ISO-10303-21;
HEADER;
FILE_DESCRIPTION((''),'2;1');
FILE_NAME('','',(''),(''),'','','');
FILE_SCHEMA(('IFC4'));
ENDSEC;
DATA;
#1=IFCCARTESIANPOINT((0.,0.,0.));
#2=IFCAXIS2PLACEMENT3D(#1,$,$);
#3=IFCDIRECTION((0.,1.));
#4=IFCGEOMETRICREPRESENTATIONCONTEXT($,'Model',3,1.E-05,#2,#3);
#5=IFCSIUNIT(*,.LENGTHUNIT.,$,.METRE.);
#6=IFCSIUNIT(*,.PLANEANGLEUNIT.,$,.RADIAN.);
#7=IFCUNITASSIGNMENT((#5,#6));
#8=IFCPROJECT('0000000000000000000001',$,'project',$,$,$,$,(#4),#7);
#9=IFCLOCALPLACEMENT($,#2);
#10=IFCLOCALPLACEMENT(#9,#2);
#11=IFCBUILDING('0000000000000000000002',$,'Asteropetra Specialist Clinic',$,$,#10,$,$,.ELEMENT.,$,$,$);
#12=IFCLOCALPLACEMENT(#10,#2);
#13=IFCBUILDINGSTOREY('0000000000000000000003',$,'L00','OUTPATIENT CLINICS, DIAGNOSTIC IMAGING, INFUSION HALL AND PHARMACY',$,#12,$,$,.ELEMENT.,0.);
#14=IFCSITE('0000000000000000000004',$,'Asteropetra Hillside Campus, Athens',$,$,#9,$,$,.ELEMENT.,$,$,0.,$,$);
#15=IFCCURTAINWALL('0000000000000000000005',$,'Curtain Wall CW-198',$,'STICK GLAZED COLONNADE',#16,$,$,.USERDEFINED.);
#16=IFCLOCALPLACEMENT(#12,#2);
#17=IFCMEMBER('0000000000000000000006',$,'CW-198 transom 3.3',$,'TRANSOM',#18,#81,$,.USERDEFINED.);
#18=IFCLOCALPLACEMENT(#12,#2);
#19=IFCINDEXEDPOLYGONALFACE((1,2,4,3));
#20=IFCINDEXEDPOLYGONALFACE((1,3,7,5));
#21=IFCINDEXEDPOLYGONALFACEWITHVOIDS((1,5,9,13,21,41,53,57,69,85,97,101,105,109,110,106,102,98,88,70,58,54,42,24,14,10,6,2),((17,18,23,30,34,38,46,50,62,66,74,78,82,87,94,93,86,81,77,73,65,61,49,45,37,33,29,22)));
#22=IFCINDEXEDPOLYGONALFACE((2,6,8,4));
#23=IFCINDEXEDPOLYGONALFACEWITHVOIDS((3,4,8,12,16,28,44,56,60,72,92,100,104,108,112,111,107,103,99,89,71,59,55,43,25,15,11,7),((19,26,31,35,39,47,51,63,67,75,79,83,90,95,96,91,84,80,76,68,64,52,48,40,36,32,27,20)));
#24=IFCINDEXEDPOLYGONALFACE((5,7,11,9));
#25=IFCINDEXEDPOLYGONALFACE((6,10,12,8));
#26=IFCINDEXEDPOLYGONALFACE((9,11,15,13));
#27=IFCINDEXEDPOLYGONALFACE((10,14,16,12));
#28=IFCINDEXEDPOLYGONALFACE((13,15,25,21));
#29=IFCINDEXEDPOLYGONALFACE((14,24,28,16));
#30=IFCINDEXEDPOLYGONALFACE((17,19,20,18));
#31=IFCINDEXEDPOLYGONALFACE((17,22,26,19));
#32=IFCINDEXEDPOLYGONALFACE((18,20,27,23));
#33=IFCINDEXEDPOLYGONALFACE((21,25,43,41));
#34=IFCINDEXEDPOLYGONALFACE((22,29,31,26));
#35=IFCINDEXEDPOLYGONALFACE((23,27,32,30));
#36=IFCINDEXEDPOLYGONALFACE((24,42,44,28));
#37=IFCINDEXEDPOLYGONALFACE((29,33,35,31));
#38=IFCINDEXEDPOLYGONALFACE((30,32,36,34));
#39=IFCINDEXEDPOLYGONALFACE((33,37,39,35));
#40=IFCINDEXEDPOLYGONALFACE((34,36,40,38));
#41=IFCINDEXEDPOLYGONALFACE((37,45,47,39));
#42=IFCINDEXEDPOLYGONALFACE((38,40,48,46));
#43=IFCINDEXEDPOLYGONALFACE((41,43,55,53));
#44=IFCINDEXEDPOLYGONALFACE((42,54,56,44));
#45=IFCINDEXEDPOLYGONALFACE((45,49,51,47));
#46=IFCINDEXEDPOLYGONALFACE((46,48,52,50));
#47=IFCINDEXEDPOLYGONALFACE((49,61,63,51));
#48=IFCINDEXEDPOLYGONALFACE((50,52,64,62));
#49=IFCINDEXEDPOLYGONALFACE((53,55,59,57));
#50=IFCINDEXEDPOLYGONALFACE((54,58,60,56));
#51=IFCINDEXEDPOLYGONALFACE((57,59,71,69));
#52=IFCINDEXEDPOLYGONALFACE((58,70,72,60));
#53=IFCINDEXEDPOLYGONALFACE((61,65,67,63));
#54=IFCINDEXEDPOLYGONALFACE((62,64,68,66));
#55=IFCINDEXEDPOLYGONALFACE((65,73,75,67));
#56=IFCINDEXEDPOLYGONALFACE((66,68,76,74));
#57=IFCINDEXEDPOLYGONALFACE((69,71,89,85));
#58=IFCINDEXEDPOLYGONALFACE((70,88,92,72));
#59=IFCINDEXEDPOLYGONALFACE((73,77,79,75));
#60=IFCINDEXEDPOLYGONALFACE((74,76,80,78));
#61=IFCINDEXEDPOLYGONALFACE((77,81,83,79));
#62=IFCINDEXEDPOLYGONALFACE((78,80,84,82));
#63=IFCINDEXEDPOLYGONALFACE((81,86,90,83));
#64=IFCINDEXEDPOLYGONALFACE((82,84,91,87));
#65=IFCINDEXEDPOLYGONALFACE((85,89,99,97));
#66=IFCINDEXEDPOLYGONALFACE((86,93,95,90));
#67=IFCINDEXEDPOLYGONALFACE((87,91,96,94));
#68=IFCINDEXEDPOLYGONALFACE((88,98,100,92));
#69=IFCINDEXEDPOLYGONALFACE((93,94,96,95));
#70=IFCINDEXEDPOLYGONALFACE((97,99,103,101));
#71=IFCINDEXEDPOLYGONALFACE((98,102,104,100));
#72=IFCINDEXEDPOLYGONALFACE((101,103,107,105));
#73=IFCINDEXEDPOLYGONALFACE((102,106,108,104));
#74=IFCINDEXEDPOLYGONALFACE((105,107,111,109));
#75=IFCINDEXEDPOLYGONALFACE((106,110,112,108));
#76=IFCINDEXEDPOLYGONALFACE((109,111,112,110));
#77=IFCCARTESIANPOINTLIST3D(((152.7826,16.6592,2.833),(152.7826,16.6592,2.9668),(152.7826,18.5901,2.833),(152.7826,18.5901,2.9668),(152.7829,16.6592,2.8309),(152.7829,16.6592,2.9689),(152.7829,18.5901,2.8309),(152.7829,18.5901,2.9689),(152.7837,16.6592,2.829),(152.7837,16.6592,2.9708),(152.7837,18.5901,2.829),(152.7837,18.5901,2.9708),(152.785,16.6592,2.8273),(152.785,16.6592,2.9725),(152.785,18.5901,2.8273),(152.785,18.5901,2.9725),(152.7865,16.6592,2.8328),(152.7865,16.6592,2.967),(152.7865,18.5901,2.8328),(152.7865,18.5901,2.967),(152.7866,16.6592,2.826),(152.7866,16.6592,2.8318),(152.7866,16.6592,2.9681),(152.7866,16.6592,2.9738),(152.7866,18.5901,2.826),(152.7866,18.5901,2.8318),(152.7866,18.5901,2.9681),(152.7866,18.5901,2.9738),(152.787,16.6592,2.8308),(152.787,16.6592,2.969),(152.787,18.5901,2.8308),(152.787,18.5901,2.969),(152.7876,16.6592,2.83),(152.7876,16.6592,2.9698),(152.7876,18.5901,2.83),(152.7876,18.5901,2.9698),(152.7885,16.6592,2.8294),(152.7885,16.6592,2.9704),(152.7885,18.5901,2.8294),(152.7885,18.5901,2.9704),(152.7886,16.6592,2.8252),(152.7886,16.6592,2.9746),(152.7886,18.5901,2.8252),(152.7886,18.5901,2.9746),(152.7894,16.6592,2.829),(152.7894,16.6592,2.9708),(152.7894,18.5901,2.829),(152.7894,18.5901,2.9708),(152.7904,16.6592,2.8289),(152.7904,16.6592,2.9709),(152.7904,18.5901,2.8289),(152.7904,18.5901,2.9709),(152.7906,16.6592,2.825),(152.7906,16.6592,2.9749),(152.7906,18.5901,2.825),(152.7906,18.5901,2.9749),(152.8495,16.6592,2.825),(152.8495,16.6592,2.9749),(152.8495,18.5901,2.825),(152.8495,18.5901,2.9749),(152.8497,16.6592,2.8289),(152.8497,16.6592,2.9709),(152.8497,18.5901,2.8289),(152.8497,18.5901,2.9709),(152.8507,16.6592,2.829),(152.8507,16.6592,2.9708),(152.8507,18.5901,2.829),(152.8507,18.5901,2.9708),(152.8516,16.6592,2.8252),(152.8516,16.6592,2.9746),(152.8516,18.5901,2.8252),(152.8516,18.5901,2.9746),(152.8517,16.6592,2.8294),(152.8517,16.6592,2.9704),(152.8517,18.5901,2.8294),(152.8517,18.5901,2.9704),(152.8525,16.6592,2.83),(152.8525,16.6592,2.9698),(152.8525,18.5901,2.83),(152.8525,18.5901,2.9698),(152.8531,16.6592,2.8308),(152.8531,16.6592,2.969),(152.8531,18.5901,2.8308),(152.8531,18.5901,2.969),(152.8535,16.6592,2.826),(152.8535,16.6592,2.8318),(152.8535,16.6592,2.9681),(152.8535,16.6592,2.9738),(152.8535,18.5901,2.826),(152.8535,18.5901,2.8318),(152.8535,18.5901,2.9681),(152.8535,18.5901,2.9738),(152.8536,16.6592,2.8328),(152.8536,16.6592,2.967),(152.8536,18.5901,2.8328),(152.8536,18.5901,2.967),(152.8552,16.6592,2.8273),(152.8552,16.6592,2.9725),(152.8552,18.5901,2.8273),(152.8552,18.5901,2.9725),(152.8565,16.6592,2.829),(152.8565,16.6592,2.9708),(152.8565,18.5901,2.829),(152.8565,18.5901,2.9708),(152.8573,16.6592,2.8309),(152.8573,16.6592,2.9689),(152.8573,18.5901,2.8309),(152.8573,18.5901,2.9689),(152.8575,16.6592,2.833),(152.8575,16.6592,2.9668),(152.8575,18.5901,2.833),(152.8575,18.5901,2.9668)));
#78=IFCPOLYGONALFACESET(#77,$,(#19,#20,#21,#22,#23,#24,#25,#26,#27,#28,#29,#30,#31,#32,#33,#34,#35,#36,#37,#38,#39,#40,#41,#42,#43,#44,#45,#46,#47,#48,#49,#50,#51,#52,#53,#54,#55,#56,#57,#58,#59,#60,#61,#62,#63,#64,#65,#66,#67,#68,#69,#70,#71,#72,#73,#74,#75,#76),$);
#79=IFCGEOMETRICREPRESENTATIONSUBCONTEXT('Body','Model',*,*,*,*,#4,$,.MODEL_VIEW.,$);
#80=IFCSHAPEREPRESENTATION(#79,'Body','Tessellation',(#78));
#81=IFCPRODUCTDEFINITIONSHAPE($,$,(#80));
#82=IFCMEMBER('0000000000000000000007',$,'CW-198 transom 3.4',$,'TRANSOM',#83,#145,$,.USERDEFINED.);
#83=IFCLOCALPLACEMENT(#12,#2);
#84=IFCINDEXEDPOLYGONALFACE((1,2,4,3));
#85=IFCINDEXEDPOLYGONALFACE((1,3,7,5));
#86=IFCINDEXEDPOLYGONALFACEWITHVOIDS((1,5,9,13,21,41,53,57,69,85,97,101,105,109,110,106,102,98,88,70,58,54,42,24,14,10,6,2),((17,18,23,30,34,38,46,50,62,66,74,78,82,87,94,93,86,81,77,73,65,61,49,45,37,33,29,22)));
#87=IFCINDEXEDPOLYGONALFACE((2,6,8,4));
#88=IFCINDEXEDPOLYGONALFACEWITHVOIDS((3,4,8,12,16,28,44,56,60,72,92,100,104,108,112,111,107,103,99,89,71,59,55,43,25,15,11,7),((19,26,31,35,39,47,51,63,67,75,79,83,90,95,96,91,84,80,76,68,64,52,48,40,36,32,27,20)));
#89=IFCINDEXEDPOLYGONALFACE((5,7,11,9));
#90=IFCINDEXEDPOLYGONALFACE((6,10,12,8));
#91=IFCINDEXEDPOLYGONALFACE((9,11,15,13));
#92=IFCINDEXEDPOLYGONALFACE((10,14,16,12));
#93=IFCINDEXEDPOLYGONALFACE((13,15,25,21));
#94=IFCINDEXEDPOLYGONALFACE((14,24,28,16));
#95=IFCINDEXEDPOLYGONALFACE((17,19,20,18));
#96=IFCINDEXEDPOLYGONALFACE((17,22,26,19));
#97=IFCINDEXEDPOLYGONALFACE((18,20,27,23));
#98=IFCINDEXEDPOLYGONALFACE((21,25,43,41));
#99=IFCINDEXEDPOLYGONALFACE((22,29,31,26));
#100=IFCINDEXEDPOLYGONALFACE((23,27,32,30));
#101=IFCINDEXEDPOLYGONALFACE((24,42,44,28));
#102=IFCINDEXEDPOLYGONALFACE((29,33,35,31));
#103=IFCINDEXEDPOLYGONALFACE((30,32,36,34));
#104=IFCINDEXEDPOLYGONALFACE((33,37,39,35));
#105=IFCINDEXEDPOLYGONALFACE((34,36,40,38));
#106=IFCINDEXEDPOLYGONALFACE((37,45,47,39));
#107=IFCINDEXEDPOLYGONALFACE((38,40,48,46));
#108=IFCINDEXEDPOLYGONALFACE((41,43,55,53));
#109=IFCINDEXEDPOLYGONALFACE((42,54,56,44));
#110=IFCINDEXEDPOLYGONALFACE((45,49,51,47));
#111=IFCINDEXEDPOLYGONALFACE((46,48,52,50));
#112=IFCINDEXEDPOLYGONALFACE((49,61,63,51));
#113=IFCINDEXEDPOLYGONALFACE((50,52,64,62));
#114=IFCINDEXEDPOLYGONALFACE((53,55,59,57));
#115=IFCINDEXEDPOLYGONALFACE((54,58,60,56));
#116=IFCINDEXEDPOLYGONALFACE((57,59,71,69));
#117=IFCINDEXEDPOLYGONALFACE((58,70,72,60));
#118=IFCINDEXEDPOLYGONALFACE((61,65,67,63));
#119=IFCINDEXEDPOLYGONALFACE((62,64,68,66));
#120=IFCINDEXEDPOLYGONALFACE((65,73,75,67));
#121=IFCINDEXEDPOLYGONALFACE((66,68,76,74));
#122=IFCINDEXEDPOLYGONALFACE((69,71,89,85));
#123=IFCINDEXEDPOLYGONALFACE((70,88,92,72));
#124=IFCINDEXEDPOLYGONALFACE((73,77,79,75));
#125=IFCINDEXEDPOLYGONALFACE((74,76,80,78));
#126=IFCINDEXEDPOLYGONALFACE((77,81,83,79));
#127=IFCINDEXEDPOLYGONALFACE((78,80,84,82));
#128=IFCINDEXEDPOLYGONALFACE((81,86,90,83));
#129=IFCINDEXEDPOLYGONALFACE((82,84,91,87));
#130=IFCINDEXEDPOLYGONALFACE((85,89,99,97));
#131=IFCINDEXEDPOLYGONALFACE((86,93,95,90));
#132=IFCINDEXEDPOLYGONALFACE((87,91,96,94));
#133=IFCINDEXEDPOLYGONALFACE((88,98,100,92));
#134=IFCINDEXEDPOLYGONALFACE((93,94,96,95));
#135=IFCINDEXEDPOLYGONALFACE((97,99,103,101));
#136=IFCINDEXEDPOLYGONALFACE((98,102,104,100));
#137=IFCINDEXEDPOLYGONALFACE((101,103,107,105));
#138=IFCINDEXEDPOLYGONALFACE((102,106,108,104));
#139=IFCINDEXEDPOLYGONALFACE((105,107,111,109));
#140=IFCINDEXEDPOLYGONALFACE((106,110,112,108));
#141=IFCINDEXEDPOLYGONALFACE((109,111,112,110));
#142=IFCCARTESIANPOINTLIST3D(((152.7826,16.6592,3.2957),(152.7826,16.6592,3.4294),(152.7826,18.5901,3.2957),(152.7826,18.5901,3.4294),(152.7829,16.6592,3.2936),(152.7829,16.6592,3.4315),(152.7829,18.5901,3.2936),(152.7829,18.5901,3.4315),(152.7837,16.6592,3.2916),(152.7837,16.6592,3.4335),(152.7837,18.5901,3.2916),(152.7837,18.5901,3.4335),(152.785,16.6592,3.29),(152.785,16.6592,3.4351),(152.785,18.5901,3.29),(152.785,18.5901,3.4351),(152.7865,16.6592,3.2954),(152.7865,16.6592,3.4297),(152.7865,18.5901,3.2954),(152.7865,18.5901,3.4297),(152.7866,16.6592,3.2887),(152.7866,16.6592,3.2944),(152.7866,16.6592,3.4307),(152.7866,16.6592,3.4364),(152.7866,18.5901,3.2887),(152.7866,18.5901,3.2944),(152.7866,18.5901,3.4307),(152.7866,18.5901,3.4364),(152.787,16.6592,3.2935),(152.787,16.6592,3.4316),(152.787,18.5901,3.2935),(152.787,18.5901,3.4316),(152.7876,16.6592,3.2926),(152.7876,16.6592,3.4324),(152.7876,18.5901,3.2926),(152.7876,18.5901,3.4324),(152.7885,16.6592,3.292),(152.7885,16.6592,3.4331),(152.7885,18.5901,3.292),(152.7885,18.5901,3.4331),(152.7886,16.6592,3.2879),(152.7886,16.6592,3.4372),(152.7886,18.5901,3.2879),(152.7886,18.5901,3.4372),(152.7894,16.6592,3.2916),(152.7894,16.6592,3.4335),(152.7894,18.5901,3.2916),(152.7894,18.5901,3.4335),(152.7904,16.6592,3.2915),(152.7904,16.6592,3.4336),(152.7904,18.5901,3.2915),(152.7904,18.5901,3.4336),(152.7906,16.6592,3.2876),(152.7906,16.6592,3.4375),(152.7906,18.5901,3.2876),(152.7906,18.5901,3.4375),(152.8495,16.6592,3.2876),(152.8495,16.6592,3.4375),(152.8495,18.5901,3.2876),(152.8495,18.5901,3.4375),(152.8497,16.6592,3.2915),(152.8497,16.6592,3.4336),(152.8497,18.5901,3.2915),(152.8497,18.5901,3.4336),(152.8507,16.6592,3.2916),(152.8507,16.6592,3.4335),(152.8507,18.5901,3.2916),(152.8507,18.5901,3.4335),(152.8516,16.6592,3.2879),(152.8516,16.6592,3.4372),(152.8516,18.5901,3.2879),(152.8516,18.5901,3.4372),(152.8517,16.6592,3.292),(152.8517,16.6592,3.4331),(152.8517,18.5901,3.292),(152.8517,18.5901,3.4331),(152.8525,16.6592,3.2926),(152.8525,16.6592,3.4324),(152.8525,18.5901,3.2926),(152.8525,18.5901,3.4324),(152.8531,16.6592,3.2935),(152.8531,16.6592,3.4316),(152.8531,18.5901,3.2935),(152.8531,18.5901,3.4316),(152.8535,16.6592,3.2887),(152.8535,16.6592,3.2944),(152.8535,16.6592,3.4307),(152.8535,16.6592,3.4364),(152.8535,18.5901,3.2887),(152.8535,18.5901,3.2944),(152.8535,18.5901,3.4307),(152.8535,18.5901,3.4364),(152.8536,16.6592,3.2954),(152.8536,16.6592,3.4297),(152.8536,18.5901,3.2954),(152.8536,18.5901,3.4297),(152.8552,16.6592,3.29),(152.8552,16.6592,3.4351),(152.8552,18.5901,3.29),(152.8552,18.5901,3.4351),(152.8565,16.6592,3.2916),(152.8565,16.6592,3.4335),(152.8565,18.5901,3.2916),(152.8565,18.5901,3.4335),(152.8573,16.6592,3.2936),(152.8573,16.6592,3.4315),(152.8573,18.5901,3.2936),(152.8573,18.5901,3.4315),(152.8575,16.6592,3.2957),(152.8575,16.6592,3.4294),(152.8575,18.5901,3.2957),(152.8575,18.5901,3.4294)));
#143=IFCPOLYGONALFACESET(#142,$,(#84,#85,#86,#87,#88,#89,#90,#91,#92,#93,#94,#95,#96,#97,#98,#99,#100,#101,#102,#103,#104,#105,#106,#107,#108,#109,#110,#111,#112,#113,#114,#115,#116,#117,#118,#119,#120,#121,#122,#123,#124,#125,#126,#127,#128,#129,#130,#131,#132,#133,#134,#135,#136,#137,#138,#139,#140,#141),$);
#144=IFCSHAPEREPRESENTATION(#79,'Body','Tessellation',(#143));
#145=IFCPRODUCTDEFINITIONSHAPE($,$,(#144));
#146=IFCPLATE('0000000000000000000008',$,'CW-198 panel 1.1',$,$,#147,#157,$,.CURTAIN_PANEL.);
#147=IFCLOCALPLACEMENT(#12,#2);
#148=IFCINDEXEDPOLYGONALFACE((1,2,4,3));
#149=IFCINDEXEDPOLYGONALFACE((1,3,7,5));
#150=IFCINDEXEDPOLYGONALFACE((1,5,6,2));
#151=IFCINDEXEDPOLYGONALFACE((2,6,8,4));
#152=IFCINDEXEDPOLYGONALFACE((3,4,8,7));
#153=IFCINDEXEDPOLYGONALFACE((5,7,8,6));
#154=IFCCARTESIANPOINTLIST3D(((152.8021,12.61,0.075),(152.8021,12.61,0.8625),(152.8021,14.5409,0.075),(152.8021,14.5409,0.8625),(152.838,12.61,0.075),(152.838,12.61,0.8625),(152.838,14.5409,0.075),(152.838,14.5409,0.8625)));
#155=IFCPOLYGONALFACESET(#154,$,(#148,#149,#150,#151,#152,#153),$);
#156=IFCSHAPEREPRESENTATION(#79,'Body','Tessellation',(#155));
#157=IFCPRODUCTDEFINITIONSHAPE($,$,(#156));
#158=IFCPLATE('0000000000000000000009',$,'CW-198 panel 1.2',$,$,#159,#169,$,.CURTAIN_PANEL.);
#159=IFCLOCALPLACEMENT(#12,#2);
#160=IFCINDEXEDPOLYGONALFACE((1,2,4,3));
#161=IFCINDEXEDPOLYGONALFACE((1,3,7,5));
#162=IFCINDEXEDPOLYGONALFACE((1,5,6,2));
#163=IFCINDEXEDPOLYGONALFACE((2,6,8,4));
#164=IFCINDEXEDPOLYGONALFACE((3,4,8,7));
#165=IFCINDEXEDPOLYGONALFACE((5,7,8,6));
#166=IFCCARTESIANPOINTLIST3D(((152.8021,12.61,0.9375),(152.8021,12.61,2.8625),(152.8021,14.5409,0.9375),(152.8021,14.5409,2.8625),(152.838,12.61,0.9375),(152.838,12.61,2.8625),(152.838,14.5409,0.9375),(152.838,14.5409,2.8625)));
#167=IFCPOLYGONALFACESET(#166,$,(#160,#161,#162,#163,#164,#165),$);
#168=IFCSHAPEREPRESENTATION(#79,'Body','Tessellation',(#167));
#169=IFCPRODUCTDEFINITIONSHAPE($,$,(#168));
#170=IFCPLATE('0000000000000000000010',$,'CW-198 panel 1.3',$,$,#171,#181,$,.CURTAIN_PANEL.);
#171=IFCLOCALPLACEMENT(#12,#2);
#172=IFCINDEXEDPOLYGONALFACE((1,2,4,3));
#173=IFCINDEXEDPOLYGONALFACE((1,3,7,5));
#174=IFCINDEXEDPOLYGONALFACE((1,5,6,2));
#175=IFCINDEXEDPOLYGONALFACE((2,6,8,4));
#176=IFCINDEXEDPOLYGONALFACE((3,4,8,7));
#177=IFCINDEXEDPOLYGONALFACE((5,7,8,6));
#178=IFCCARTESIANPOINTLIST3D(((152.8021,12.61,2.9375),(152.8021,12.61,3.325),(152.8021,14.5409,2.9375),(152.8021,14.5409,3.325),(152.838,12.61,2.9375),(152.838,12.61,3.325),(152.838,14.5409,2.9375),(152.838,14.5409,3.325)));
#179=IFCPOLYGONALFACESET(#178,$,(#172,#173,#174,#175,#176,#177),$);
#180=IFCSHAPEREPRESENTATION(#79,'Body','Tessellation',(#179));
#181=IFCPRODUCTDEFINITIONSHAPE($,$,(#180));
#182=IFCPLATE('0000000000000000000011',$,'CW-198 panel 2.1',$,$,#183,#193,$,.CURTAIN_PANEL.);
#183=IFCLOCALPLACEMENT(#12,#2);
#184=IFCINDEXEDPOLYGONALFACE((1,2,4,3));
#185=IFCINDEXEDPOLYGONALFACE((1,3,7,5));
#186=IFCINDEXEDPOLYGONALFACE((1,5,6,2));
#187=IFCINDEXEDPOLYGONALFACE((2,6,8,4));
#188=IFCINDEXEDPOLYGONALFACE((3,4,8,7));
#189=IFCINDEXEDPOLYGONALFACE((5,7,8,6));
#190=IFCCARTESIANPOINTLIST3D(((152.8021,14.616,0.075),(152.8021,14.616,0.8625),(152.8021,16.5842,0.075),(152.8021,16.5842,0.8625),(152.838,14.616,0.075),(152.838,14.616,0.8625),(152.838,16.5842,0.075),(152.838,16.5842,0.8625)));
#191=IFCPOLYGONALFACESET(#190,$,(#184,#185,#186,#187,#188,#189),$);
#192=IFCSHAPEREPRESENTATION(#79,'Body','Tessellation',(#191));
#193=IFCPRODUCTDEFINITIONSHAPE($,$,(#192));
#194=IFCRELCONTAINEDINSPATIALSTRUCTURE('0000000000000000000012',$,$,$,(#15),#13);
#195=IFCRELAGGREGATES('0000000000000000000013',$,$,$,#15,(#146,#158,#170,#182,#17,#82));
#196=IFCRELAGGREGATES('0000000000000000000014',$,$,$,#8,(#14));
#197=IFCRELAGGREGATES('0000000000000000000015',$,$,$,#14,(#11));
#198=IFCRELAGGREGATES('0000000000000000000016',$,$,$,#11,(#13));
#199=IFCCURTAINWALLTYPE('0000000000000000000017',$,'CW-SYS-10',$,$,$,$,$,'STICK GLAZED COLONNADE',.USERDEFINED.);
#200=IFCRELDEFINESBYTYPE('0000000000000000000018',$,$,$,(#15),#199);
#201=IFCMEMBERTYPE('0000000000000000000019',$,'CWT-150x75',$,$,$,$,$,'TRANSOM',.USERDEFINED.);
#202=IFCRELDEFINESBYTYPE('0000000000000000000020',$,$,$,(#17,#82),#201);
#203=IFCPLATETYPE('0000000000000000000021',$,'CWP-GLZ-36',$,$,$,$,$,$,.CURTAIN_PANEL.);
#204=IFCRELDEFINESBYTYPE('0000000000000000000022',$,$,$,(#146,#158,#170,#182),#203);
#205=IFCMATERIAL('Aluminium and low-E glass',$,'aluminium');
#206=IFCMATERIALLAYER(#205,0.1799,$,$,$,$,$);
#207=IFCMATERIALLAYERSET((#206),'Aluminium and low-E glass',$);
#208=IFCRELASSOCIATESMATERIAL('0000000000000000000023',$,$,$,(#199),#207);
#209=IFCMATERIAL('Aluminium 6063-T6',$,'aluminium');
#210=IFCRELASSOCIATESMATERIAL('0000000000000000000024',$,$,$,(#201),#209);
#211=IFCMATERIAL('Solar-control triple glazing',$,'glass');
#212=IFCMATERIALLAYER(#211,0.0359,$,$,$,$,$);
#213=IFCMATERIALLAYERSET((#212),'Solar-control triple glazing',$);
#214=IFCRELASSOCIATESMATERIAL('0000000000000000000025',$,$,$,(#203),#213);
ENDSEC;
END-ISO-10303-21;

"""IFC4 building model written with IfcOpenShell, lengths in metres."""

from ifc_helpers import new_model, si_unit, direction, frame, origin, origin_2d, place, context, subcontext, project, spatial, rectangle, hollow_rectangle, extrude, material, layer, layer_set, material_profile, profile_set, type_object, element, aggregate, save


model = new_model("IFC4")

# Units and contexts
model_context = context("Model", 3, precision=1e-05, world=origin(), true_north=direction((0.0, 1.0)))
body_context = subcontext(model_context, "Body", "Model", "MODEL_VIEW")
ifc_project = project(units=[si_unit("LENGTHUNIT", "METRE"), si_unit("PLANEANGLEUNIT", "RADIAN")], contexts=[model_context])

# Site, building, storey
site_placement = place(None, origin())
site = spatial("IfcSite", under=ifc_project, at=site_placement, Name="Asteropetra Hillside Campus, Athens", CompositionType="ELEMENT", RefElevation=0.0)
building_placement = place(site_placement, origin())
building = spatial("IfcBuilding", under=site, at=building_placement, Name="Asteropetra Specialist Clinic", CompositionType="ELEMENT")
storey_placement = place(building_placement, origin())
storey = spatial("IfcBuildingStorey", under=building, at=storey_placement, Name="L00", Description="OUTPATIENT CLINICS, DIAGNOSTIC IMAGING, INFUSION HALL AND PHARMACY", CompositionType="ELEMENT", Elevation=0.0)

# Shared definitions
ifc_material_1 = material(Name="Aluminium and low-E glass", Category="aluminium")
ifc_layer_1 = layer(ifc_material_1, 0.1799)
ifc_layer_set_1 = layer_set([ifc_layer_1], Name="Aluminium and low-E glass")
curtain_wall_type = type_object("IfcCurtainWallType", Name="CW-SYS-10", ElementType="STICK GLAZED COLONNADE", PredefinedType="USERDEFINED", material=ifc_layer_set_1)

# Curtain wall, members, plates
curtain_wall_1_placement = place(storey_placement, origin())
curtain_wall_1 = element("IfcCurtainWall", 1, at=curtain_wall_1_placement, inside=storey, type_object=curtain_wall_type, Name="Curtain Wall CW-198", ObjectType="STICK GLAZED COLONNADE", PredefinedType="USERDEFINED")
ifc_material_2 = material(Name="Aluminium 6063-T6", Category="aluminium")
ifc_material_profile_1 = material_profile(ifc_material_2, hollow_rectangle(XDim=0.075, YDim=0.1499, WallThickness=0.0039, InnerFilletRadius=0.0039, OuterFilletRadius=0.0081, at=origin_2d()), Name="TRN 150x75x4.0")
ifc_profile_set_1 = profile_set([ifc_material_profile_1], Name="Aluminium 6063-T6")
member_type_1 = type_object("IfcMemberType", Name="CWT-150x75", ElementType="TRANSOM", PredefinedType="USERDEFINED", material=ifc_profile_set_1)
member_1_placement = place(storey_placement, frame((152.8201, 16.6592, 2.8999), z_axis=(0.0, 1.0, 0.0), x_axis=(-1.0, 0.0, 0.0)))
member_1 = element("IfcMember", 2, at=member_1_placement, type_object=member_type_1, Name="CW-198 transom 3.3", ObjectType="TRANSOM", PredefinedType="USERDEFINED", context=body_context, shape_type="SweptSolid", body=[
    extrude(hollow_rectangle(XDim=0.075, YDim=0.1499, WallThickness=0.0039, InnerFilletRadius=0.0039, OuterFilletRadius=0.0081, at=origin_2d()), origin(), (0.0, 0.0, 1.0), 1.9309),
])
member_2_placement = place(storey_placement, frame((152.8201, 16.6592, 3.3625), z_axis=(0.0, 1.0, 0.0), x_axis=(-1.0, 0.0, 0.0)))
member_2 = element("IfcMember", 3, at=member_2_placement, type_object=member_type_1, Name="CW-198 transom 3.4", ObjectType="TRANSOM", PredefinedType="USERDEFINED", context=body_context, shape_type="SweptSolid", body=[
    extrude(hollow_rectangle(XDim=0.075, YDim=0.1499, WallThickness=0.0039, InnerFilletRadius=0.0039, OuterFilletRadius=0.0081, at=origin_2d()), origin(), (0.0, 0.0, 1.0), 1.9309),
])
ifc_material_3 = material(Name="Solar-control triple glazing", Category="glass")
ifc_layer_2 = layer(ifc_material_3, 0.0359)
ifc_layer_set_2 = layer_set([ifc_layer_2], Name="Solar-control triple glazing")
plate_type = type_object("IfcPlateType", Name="CWP-GLZ-36", PredefinedType="CURTAIN_PANEL", material=ifc_layer_set_2)
plate_1_placement = place(storey_placement, frame((152.8201, 13.5754, 0.075), z_axis=(0.0, 0.0, 1.0), x_axis=(0.0, 1.0, 0.0)))
plate_1 = element("IfcPlate", 4, at=plate_1_placement, type_object=plate_type, Name="CW-198 panel 1.1", PredefinedType="CURTAIN_PANEL", context=body_context, shape_type="SweptSolid", body=[
    extrude(rectangle(XDim=1.9309, YDim=0.0359, at=origin_2d()), origin(), (0.0, 0.0, 1.0), 0.7876),
])
plate_2_placement = place(storey_placement, frame((152.8201, 13.5754, 0.9375), z_axis=(0.0, 0.0, 1.0), x_axis=(0.0, 1.0, 0.0)))
plate_2 = element("IfcPlate", 5, at=plate_2_placement, type_object=plate_type, Name="CW-198 panel 1.2", PredefinedType="CURTAIN_PANEL", context=body_context, shape_type="SweptSolid", body=[
    extrude(rectangle(XDim=1.9309, YDim=0.0359, at=origin_2d()), origin(), (0.0, 0.0, 1.0), 1.925),
])
plate_3_placement = place(storey_placement, frame((152.8201, 13.5754, 2.9375), z_axis=(0.0, 0.0, 1.0), x_axis=(0.0, 1.0, 0.0)))
plate_3 = element("IfcPlate", 6, at=plate_3_placement, type_object=plate_type, Name="CW-198 panel 1.3", PredefinedType="CURTAIN_PANEL", context=body_context, shape_type="SweptSolid", body=[
    extrude(rectangle(XDim=1.9309, YDim=0.0359, at=origin_2d()), origin(), (0.0, 0.0, 1.0), 0.3875),
])
plate_4_placement = place(storey_placement, frame((152.8201, 15.6001, 0.075), z_axis=(0.0, 0.0, 1.0), x_axis=(0.0, 1.0, 0.0)))
plate_4 = element("IfcPlate", 7, at=plate_4_placement, type_object=plate_type, Name="CW-198 panel 2.1", PredefinedType="CURTAIN_PANEL", context=body_context, shape_type="SweptSolid", body=[
    extrude(rectangle(XDim=1.9683, YDim=0.0359, at=origin_2d()), origin(), (0.0, 0.0, 1.0), 0.7876),
])
aggregate(curtain_wall_1, [plate_1, plate_2, plate_3, plate_4, member_1, member_2])

save(model, "model.ifc")
